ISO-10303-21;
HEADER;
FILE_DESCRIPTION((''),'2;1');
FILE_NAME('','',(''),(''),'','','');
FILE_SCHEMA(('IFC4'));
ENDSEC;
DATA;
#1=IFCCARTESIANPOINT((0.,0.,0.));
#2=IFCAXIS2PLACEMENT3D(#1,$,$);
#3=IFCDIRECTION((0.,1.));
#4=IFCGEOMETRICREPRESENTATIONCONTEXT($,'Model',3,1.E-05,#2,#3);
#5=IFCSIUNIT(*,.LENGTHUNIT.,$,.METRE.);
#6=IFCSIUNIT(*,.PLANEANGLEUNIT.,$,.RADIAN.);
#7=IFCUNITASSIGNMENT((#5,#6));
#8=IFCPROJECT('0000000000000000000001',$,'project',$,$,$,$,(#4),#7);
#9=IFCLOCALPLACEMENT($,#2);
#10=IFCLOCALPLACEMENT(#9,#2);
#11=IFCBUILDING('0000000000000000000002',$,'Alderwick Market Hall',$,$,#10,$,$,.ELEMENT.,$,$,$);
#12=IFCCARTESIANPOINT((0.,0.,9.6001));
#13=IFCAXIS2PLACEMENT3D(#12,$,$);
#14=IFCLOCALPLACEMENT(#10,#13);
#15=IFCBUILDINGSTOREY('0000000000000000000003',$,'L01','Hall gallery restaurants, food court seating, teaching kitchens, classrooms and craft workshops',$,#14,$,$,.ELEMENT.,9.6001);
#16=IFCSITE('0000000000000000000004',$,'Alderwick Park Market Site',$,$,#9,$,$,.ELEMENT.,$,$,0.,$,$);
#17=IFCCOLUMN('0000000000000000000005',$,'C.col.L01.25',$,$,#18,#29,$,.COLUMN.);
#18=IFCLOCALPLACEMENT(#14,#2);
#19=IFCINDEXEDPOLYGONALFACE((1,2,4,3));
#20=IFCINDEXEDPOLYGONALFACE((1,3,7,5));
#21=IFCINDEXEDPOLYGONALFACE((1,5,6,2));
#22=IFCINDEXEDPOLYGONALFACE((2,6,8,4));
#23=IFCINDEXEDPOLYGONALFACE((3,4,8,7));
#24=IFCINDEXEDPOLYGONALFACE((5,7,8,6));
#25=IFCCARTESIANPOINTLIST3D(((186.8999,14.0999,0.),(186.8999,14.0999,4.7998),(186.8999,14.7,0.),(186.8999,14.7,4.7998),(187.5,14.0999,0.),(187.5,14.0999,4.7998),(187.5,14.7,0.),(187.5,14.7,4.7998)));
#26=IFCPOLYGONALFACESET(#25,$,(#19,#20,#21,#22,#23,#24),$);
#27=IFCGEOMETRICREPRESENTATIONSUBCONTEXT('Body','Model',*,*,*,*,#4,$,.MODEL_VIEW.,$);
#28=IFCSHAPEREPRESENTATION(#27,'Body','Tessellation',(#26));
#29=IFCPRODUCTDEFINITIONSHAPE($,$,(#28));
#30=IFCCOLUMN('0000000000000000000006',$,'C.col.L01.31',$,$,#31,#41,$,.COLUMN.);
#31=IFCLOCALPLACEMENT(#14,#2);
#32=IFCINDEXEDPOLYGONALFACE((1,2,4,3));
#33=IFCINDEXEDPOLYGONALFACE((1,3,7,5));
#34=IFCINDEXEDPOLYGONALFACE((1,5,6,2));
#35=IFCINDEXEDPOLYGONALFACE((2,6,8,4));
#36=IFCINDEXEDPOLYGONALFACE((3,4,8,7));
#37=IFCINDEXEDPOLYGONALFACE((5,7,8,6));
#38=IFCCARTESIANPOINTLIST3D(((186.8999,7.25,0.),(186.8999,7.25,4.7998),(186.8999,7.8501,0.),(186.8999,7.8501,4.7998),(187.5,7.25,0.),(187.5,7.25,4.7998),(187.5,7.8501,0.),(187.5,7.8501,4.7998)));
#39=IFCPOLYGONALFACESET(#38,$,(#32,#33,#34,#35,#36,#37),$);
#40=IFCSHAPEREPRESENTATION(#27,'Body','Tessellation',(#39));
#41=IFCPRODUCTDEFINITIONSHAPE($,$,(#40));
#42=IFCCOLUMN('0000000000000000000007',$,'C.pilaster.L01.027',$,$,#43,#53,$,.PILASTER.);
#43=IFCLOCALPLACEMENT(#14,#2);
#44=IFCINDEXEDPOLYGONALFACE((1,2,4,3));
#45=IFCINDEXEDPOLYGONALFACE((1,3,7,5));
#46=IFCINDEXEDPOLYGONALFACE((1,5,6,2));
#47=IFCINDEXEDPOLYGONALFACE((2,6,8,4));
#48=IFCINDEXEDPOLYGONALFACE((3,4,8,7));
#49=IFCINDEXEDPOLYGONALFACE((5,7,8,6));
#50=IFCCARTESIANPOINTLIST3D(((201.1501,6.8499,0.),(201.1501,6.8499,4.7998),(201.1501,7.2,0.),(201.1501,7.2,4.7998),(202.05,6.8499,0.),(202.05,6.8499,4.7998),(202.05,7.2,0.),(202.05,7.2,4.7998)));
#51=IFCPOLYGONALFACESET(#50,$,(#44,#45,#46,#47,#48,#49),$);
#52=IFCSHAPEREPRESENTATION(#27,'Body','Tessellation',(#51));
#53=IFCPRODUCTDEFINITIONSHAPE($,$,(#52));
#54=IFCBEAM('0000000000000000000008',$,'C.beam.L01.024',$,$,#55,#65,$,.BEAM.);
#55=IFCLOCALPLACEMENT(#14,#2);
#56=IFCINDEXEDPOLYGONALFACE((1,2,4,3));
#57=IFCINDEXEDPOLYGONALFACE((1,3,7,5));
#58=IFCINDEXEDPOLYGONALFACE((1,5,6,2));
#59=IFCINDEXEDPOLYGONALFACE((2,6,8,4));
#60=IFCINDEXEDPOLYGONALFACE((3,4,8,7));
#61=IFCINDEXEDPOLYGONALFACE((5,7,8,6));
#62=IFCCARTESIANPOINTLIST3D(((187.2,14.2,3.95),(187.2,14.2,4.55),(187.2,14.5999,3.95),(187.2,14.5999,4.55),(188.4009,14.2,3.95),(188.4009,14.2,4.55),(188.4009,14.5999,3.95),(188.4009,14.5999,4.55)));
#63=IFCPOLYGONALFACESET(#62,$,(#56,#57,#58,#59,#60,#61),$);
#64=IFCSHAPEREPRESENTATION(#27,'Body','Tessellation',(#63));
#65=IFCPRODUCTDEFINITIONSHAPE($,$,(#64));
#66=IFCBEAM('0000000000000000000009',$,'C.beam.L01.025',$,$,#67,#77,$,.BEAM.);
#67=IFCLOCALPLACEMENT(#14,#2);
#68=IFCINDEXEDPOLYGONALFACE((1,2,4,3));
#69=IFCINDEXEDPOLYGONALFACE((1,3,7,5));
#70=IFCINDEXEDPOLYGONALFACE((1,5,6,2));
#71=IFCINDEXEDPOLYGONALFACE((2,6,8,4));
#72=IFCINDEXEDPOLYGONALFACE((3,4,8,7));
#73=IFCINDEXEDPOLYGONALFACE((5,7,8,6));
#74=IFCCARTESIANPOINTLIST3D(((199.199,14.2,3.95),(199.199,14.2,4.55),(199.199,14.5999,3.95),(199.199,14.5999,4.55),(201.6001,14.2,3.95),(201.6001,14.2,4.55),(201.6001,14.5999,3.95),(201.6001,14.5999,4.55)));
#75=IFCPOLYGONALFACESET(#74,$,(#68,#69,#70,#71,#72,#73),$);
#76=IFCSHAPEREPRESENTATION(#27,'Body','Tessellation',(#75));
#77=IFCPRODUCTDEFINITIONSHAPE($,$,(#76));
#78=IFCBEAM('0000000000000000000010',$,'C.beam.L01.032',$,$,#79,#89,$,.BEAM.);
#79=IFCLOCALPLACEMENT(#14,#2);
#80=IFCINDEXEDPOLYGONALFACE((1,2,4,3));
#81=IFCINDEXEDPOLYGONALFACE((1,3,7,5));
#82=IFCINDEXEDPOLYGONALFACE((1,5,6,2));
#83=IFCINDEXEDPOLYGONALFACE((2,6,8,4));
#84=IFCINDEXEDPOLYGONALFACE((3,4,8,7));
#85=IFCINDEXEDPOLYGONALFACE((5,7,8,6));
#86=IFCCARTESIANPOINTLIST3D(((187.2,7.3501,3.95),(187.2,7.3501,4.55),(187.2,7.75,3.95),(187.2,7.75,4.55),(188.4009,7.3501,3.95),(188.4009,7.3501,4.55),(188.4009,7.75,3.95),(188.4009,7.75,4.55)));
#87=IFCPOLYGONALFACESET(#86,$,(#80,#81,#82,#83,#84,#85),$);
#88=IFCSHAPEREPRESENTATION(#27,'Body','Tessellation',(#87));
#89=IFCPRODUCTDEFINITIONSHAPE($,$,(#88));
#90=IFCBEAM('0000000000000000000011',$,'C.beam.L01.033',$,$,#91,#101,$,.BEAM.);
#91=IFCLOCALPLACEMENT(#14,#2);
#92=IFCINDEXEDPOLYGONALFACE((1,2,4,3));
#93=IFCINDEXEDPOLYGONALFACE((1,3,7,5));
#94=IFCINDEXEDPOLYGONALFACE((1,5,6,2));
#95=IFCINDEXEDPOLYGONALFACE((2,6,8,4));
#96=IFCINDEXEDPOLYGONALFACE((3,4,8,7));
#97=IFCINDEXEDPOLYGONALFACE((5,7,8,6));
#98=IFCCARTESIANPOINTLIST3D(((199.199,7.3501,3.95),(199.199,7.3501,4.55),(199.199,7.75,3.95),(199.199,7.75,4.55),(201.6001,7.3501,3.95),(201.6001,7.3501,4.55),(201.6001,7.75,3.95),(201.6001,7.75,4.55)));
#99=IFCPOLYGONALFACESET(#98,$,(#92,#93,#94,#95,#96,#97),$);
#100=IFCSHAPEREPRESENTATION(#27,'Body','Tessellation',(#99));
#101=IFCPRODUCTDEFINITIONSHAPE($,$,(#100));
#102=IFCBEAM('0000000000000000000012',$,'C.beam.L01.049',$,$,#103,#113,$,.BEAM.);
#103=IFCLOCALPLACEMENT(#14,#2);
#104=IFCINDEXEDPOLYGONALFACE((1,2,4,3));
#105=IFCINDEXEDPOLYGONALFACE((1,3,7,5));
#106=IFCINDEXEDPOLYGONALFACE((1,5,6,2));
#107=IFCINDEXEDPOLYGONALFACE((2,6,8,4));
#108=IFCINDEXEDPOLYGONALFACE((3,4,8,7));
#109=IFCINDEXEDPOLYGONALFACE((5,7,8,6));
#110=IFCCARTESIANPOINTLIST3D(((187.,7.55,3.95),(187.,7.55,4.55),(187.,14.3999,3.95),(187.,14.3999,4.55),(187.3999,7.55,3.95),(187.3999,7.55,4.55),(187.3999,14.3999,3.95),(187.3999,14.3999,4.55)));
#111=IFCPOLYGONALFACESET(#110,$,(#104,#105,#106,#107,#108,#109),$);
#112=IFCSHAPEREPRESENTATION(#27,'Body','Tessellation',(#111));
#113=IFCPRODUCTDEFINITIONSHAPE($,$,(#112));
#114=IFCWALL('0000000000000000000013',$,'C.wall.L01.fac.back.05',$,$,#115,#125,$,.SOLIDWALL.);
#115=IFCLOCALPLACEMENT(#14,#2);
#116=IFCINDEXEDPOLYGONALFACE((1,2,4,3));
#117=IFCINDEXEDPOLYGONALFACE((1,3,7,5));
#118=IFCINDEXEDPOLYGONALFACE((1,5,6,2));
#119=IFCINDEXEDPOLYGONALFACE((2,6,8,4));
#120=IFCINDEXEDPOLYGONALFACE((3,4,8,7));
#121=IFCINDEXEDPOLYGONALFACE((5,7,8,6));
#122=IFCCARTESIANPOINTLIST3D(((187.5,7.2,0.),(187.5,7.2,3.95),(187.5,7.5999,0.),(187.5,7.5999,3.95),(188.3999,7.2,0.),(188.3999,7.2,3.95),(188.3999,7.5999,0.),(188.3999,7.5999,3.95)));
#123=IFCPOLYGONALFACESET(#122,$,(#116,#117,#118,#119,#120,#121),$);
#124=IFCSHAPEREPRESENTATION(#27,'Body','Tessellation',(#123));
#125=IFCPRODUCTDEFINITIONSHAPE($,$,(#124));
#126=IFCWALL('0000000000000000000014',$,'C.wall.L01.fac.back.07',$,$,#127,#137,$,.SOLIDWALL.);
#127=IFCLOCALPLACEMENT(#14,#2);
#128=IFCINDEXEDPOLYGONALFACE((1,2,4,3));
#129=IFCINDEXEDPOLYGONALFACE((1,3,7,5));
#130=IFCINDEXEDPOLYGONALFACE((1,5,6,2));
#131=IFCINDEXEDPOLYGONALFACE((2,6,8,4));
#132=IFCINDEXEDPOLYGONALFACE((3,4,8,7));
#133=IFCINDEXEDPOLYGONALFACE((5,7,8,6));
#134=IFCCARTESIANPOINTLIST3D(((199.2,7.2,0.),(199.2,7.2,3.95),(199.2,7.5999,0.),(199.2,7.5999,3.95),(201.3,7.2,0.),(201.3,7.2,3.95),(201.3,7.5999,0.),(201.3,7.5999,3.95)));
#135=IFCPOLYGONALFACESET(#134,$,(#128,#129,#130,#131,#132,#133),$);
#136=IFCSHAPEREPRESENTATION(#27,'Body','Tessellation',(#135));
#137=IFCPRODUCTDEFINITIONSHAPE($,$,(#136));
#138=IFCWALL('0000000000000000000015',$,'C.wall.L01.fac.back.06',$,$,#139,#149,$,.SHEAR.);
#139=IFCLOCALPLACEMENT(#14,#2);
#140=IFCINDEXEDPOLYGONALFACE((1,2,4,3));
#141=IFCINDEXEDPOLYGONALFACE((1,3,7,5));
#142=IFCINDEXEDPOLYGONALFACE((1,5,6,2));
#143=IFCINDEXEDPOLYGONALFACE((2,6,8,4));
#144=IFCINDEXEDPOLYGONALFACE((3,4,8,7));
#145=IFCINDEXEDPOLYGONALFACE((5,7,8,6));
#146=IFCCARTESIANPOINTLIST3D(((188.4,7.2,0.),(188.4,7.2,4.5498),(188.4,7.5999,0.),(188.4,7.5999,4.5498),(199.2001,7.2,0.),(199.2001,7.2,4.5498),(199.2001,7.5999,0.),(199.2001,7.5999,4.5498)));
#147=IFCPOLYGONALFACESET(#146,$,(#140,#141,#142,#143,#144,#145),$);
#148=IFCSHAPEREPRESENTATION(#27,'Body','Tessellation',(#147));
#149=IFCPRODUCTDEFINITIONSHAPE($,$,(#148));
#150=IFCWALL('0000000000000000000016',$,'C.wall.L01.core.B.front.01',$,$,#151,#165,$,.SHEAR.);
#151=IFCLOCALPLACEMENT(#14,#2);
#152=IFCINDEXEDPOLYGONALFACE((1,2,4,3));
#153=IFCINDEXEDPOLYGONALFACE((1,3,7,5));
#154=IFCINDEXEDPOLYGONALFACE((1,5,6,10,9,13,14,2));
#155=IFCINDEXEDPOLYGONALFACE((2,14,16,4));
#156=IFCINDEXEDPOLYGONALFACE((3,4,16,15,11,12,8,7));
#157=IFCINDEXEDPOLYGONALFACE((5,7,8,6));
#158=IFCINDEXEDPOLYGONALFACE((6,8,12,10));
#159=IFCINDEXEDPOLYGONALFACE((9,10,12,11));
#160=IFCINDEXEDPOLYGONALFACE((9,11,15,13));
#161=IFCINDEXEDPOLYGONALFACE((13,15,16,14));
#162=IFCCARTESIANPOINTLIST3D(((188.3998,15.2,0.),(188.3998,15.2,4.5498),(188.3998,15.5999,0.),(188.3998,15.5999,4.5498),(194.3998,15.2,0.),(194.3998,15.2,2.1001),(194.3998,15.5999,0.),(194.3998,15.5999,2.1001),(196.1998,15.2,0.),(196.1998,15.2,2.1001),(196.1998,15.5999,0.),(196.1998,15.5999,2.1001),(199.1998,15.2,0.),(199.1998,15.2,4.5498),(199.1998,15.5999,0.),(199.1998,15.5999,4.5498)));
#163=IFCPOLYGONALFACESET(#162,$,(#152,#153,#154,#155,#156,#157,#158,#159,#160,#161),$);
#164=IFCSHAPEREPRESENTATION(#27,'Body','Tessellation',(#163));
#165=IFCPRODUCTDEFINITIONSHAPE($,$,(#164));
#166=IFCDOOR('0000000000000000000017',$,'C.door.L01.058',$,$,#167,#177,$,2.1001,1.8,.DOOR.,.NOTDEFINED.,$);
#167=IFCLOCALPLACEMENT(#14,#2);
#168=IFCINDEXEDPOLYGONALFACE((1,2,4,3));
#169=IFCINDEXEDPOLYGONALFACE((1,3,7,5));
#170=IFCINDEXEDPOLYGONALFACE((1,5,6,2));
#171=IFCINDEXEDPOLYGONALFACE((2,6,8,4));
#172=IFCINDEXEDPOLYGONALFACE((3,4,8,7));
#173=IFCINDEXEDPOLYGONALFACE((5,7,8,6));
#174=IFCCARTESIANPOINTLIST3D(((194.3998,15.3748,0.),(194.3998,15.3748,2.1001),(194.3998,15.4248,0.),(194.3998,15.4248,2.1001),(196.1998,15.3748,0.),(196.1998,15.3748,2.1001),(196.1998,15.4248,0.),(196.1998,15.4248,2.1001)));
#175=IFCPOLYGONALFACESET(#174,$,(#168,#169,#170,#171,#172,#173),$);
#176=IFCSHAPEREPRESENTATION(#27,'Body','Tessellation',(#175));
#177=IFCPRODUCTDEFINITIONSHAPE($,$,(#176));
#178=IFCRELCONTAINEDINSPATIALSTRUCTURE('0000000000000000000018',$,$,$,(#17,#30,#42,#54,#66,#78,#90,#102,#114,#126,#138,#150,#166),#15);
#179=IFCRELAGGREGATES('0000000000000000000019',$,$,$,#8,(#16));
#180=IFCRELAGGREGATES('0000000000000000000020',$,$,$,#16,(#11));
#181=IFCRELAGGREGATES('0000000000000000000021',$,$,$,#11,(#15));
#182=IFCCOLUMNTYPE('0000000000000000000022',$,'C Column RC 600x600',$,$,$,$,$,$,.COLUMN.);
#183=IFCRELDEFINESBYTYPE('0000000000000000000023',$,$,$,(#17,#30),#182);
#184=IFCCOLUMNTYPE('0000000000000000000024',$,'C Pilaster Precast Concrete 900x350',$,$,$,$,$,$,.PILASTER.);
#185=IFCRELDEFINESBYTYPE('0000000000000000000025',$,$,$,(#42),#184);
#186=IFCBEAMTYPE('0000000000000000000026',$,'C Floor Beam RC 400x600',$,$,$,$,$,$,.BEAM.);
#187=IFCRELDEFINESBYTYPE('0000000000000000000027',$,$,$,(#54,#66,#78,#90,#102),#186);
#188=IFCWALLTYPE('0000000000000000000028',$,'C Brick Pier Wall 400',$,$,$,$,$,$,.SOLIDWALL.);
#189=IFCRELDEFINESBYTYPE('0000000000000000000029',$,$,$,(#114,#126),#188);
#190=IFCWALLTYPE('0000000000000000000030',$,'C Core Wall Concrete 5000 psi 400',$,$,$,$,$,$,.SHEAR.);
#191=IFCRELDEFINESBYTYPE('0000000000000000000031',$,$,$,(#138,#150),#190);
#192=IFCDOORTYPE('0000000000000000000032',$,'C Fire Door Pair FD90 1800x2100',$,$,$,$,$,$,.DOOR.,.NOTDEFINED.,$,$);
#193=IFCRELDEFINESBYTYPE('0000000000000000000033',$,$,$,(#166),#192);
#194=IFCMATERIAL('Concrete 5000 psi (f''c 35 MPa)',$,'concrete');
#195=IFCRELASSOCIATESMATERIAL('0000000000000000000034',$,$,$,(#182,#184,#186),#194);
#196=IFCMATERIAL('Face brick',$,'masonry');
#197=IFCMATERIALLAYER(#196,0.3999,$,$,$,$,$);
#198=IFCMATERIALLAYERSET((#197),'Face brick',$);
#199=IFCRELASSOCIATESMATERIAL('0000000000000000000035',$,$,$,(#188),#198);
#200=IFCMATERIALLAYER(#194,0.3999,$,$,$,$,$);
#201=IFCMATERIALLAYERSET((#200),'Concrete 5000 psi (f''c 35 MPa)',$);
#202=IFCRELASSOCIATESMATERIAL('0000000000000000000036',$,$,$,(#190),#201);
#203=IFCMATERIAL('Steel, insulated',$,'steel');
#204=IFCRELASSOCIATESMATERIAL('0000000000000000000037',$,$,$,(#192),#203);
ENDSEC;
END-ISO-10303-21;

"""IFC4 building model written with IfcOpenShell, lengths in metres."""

from ifc_helpers import new_model, si_unit, direction, frame, frame_2d, origin, origin_2d, place, context, subcontext, project, spatial, rectangle, extrude, material, layer, layer_set, material_profile, profile_set, type_object, element, fill, save


model = new_model("IFC4")

# Units and contexts
model_context = context("Model", 3, precision=1e-05, world=origin(), true_north=direction((0.0, 1.0)))
body_context = subcontext(model_context, "Body", "Model", "MODEL_VIEW")
ifc_project = project(units=[si_unit("LENGTHUNIT", "METRE"), si_unit("PLANEANGLEUNIT", "RADIAN")], contexts=[model_context])

# Site, building, storey
site_placement = place(None, origin())
site = spatial("IfcSite", under=ifc_project, at=site_placement, Name="Alderwick Park Market Site", CompositionType="ELEMENT", RefElevation=0.0)
building_placement = place(site_placement, origin())
building = spatial("IfcBuilding", under=site, at=building_placement, Name="Alderwick Market Hall", CompositionType="ELEMENT")
storey_placement = place(building_placement, frame((0.0, 0.0, 9.6001)))
storey = spatial("IfcBuildingStorey", under=building, at=storey_placement, Name="L01", Description="Hall gallery restaurants, food court seating, teaching kitchens, classrooms and craft workshops", CompositionType="ELEMENT", Elevation=9.6001)

# Columns
ifc_material_1 = material(Name="Concrete 5000 psi (f'c 35 MPa)", Category="concrete")
ifc_material_profile_1 = material_profile(ifc_material_1, rectangle(XDim=0.6001, YDim=0.6001, at=origin_2d()), Name="RC 600x600")
ifc_profile_set_1 = profile_set([ifc_material_profile_1], Name="Concrete 5000 psi (f'c 35 MPa)")
column_type_1 = type_object("IfcColumnType", Name="C Column RC 600x600", PredefinedType="COLUMN", material=ifc_profile_set_1)
for number, where, z_axis, x_axis, name in (
    (1, (187.2, 14.3999, 0.0), (0.0, 0.0, 1.0), (1.0, 0.0, 0.0), "C.col.L01.25"),
    (2, (187.2, 7.55, 0.0), (0.0, 0.0, 1.0), (1.0, 0.0, 0.0), "C.col.L01.31"),
):
    element("IfcColumn", number, at=place(storey_placement, frame(where, z_axis=z_axis, x_axis=x_axis)), inside=storey, type_object=column_type_1, Name=name, PredefinedType="COLUMN", context=body_context, shape_type="SweptSolid", body=[
        extrude(rectangle(XDim=0.6001, YDim=0.6001, at=origin_2d()), origin(), (0.0, 0.0, 1.0), 4.7998),
    ])
ifc_material_profile_2 = material_profile(ifc_material_1, rectangle(XDim=0.8999, YDim=0.3501, at=origin_2d()), Name="PC 900x350")
ifc_profile_set_2 = profile_set([ifc_material_profile_2], Name="Concrete 5000 psi (f'c 35 MPa)")
column_type_2 = type_object("IfcColumnType", Name="C Pilaster Precast Concrete 900x350", PredefinedType="PILASTER", material=ifc_profile_set_2)
column_placement = place(storey_placement, frame((201.6001, 7.0249, 0.0), z_axis=(0.0, 0.0, 1.0), x_axis=(1.0, 0.0, 0.0)))
element("IfcColumn", 3, at=column_placement, inside=storey, type_object=column_type_2, Name="C.pilaster.L01.027", PredefinedType="PILASTER", context=body_context, shape_type="SweptSolid", body=[
    extrude(rectangle(XDim=0.8999, YDim=0.3501, at=origin_2d()), origin(), (0.0, 0.0, 1.0), 4.7998),
])

# Beams
ifc_material_profile_3 = material_profile(ifc_material_1, rectangle(XDim=0.3999, YDim=0.6001, at=origin_2d()), Name="RC 400x600")
ifc_profile_set_3 = profile_set([ifc_material_profile_3], Name="Concrete 5000 psi (f'c 35 MPa)")
beam_type = type_object("IfcBeamType", Name="C Floor Beam RC 400x600", PredefinedType="BEAM", material=ifc_profile_set_3)
beam_1_placement = place(storey_placement, frame((187.2, 14.3999, 4.25), z_axis=(1.0, 0.0, 0.0), x_axis=(0.0, 1.0, 0.0)))
element("IfcBeam", 4, at=beam_1_placement, inside=storey, type_object=beam_type, Name="C.beam.L01.024", PredefinedType="BEAM", context=body_context, shape_type="SweptSolid", body=[
    extrude(rectangle(XDim=0.3999, YDim=0.6001, at=origin_2d()), origin(), (0.0, 0.0, 1.0), 1.2009),
])
beam_2_placement = place(storey_placement, frame((199.199, 14.3999, 4.25), z_axis=(1.0, 0.0, 0.0), x_axis=(0.0, 1.0, 0.0)))
element("IfcBeam", 5, at=beam_2_placement, inside=storey, type_object=beam_type, Name="C.beam.L01.025", PredefinedType="BEAM", context=body_context, shape_type="SweptSolid", body=[
    extrude(rectangle(XDim=0.3999, YDim=0.6001, at=origin_2d()), origin(), (0.0, 0.0, 1.0), 2.4011),
])
beam_3_placement = place(storey_placement, frame((187.2, 7.55, 4.25), z_axis=(1.0, 0.0, 0.0), x_axis=(0.0, 1.0, 0.0)))
element("IfcBeam", 6, at=beam_3_placement, inside=storey, type_object=beam_type, Name="C.beam.L01.032", PredefinedType="BEAM", context=body_context, shape_type="SweptSolid", body=[
    extrude(rectangle(XDim=0.3999, YDim=0.6001, at=origin_2d()), origin(), (0.0, 0.0, 1.0), 1.2009),
])
beam_4_placement = place(storey_placement, frame((199.199, 7.55, 4.25), z_axis=(1.0, 0.0, 0.0), x_axis=(0.0, 1.0, 0.0)))
element("IfcBeam", 7, at=beam_4_placement, inside=storey, type_object=beam_type, Name="C.beam.L01.033", PredefinedType="BEAM", context=body_context, shape_type="SweptSolid", body=[
    extrude(rectangle(XDim=0.3999, YDim=0.6001, at=origin_2d()), origin(), (0.0, 0.0, 1.0), 2.4011),
])
beam_5_placement = place(storey_placement, frame((187.2, 14.3999, 4.25), z_axis=(0.0, -1.0, 0.0), x_axis=(1.0, 0.0, 0.0)))
element("IfcBeam", 8, at=beam_5_placement, inside=storey, type_object=beam_type, Name="C.beam.L01.049", PredefinedType="BEAM", context=body_context, shape_type="SweptSolid", body=[
    extrude(rectangle(XDim=0.3999, YDim=0.6001, at=origin_2d()), origin(), (0.0, 0.0, 1.0), 6.8499),
])

# Walls
ifc_material_2 = material(Name="Face brick", Category="masonry")
ifc_layer_1 = layer(ifc_material_2, 0.3999)
ifc_layer_set_1 = layer_set([ifc_layer_1], Name="Face brick")
wall_type_1 = type_object("IfcWallType", Name="C Brick Pier Wall 400", PredefinedType="SOLIDWALL", material=ifc_layer_set_1)
wall_1_placement = place(storey_placement, frame((188.3999, 7.3999, 0.0), z_axis=(0.0, 0.0, 1.0), x_axis=(-1.0, 0.0, 0.0)))
element("IfcWall", 9, at=wall_1_placement, inside=storey, type_object=wall_type_1, Name="C.wall.L01.fac.back.05", PredefinedType="SOLIDWALL", context=body_context, shape_type="SweptSolid", body=[
    extrude(rectangle(XDim=0.8999, YDim=0.3999, at=frame_2d((0.45, 0.0))), origin(), (0.0, 0.0, 1.0), 3.95),
])
wall_2_placement = place(storey_placement, frame((201.3, 7.3999, 0.0), z_axis=(0.0, 0.0, 1.0), x_axis=(-1.0, 0.0, 0.0)))
element("IfcWall", 10, at=wall_2_placement, inside=storey, type_object=wall_type_1, Name="C.wall.L01.fac.back.07", PredefinedType="SOLIDWALL", context=body_context, shape_type="SweptSolid", body=[
    extrude(rectangle(XDim=2.1001, YDim=0.3999, at=frame_2d((1.05, 0.0))), origin(), (0.0, 0.0, 1.0), 3.95),
])
ifc_layer_2 = layer(ifc_material_1, 0.3999)
ifc_layer_set_2 = layer_set([ifc_layer_2], Name="Concrete 5000 psi (f'c 35 MPa)")
wall_type_2 = type_object("IfcWallType", Name="C Core Wall Concrete 5000 psi 400", PredefinedType="SHEAR", material=ifc_layer_set_2)
wall_3_placement = place(storey_placement, frame((199.2, 7.3999, 0.0), z_axis=(0.0, 0.0, 1.0), x_axis=(-1.0, 0.0, 0.0)))
element("IfcWall", 11, at=wall_3_placement, inside=storey, type_object=wall_type_2, Name="C.wall.L01.fac.back.06", PredefinedType="SHEAR", context=body_context, shape_type="SweptSolid", body=[
    extrude(rectangle(XDim=10.8, YDim=0.3999, at=frame_2d((5.3999, 0.0))), origin(), (0.0, 0.0, 1.0), 4.5498),
])

# Wall, opening, door
wall_4_placement = place(storey_placement, frame((188.3999, 15.3999, 0.0), z_axis=(0.0, 0.0, 1.0), x_axis=(1.0, 0.0, 0.0)))
wall_4 = element("IfcWall", 12, at=wall_4_placement, inside=storey, type_object=wall_type_2, Name="C.wall.L01.core.B.front.01", PredefinedType="SHEAR", context=body_context, shape_type="SweptSolid", body=[
    extrude(rectangle(XDim=10.8, YDim=0.3999, at=frame_2d((5.3999, 0.0))), origin(), (0.0, 0.0, 1.0), 4.5498),
])
opening_1_placement = place(wall_4_placement, frame((6.0, 0.0, 0.0)))
opening_1 = element("IfcOpeningElement", 13, at=opening_1_placement, cuts=wall_4, PredefinedType="OPENING", context=body_context, shape_type="SweptSolid", body=[
    extrude(rectangle(XDim=1.8, YDim=2.1001, at=frame_2d((0.8999, 1.05))), frame((0.0, 0.21, 0.0), z_axis=(0.0, -1.0, 0.0), x_axis=(1.0, 0.0, 0.0)), (0.0, 0.0, 1.0), 0.4199),
])
ifc_material_3 = material(Name="Steel, insulated", Category="steel")
door_type_1 = type_object("IfcDoorType", Name="C Fire Door Pair FD90 1800x2100", OperationType="NOTDEFINED", PredefinedType="DOOR", material=ifc_material_3)
door_1_placement = place(opening_1_placement, origin())
door_1 = element("IfcDoor", 14, at=door_1_placement, inside=storey, type_object=door_type_1, Name="C.door.L01.058", OperationType="NOTDEFINED", OverallHeight=2.1001, OverallWidth=1.8, PredefinedType="DOOR", context=body_context, shape_type="SweptSolid", body=[
    extrude(rectangle(XDim=1.8, YDim=2.1001, at=frame_2d((0.8999, 1.05))), frame((0.0, 0.0249, 0.0), z_axis=(0.0, -1.0, 0.0), x_axis=(1.0, 0.0, 0.0)), (0.0, 0.0, 1.0), 0.05),
])
fill(opening_1, door_1)

save(model, "model.ifc")
